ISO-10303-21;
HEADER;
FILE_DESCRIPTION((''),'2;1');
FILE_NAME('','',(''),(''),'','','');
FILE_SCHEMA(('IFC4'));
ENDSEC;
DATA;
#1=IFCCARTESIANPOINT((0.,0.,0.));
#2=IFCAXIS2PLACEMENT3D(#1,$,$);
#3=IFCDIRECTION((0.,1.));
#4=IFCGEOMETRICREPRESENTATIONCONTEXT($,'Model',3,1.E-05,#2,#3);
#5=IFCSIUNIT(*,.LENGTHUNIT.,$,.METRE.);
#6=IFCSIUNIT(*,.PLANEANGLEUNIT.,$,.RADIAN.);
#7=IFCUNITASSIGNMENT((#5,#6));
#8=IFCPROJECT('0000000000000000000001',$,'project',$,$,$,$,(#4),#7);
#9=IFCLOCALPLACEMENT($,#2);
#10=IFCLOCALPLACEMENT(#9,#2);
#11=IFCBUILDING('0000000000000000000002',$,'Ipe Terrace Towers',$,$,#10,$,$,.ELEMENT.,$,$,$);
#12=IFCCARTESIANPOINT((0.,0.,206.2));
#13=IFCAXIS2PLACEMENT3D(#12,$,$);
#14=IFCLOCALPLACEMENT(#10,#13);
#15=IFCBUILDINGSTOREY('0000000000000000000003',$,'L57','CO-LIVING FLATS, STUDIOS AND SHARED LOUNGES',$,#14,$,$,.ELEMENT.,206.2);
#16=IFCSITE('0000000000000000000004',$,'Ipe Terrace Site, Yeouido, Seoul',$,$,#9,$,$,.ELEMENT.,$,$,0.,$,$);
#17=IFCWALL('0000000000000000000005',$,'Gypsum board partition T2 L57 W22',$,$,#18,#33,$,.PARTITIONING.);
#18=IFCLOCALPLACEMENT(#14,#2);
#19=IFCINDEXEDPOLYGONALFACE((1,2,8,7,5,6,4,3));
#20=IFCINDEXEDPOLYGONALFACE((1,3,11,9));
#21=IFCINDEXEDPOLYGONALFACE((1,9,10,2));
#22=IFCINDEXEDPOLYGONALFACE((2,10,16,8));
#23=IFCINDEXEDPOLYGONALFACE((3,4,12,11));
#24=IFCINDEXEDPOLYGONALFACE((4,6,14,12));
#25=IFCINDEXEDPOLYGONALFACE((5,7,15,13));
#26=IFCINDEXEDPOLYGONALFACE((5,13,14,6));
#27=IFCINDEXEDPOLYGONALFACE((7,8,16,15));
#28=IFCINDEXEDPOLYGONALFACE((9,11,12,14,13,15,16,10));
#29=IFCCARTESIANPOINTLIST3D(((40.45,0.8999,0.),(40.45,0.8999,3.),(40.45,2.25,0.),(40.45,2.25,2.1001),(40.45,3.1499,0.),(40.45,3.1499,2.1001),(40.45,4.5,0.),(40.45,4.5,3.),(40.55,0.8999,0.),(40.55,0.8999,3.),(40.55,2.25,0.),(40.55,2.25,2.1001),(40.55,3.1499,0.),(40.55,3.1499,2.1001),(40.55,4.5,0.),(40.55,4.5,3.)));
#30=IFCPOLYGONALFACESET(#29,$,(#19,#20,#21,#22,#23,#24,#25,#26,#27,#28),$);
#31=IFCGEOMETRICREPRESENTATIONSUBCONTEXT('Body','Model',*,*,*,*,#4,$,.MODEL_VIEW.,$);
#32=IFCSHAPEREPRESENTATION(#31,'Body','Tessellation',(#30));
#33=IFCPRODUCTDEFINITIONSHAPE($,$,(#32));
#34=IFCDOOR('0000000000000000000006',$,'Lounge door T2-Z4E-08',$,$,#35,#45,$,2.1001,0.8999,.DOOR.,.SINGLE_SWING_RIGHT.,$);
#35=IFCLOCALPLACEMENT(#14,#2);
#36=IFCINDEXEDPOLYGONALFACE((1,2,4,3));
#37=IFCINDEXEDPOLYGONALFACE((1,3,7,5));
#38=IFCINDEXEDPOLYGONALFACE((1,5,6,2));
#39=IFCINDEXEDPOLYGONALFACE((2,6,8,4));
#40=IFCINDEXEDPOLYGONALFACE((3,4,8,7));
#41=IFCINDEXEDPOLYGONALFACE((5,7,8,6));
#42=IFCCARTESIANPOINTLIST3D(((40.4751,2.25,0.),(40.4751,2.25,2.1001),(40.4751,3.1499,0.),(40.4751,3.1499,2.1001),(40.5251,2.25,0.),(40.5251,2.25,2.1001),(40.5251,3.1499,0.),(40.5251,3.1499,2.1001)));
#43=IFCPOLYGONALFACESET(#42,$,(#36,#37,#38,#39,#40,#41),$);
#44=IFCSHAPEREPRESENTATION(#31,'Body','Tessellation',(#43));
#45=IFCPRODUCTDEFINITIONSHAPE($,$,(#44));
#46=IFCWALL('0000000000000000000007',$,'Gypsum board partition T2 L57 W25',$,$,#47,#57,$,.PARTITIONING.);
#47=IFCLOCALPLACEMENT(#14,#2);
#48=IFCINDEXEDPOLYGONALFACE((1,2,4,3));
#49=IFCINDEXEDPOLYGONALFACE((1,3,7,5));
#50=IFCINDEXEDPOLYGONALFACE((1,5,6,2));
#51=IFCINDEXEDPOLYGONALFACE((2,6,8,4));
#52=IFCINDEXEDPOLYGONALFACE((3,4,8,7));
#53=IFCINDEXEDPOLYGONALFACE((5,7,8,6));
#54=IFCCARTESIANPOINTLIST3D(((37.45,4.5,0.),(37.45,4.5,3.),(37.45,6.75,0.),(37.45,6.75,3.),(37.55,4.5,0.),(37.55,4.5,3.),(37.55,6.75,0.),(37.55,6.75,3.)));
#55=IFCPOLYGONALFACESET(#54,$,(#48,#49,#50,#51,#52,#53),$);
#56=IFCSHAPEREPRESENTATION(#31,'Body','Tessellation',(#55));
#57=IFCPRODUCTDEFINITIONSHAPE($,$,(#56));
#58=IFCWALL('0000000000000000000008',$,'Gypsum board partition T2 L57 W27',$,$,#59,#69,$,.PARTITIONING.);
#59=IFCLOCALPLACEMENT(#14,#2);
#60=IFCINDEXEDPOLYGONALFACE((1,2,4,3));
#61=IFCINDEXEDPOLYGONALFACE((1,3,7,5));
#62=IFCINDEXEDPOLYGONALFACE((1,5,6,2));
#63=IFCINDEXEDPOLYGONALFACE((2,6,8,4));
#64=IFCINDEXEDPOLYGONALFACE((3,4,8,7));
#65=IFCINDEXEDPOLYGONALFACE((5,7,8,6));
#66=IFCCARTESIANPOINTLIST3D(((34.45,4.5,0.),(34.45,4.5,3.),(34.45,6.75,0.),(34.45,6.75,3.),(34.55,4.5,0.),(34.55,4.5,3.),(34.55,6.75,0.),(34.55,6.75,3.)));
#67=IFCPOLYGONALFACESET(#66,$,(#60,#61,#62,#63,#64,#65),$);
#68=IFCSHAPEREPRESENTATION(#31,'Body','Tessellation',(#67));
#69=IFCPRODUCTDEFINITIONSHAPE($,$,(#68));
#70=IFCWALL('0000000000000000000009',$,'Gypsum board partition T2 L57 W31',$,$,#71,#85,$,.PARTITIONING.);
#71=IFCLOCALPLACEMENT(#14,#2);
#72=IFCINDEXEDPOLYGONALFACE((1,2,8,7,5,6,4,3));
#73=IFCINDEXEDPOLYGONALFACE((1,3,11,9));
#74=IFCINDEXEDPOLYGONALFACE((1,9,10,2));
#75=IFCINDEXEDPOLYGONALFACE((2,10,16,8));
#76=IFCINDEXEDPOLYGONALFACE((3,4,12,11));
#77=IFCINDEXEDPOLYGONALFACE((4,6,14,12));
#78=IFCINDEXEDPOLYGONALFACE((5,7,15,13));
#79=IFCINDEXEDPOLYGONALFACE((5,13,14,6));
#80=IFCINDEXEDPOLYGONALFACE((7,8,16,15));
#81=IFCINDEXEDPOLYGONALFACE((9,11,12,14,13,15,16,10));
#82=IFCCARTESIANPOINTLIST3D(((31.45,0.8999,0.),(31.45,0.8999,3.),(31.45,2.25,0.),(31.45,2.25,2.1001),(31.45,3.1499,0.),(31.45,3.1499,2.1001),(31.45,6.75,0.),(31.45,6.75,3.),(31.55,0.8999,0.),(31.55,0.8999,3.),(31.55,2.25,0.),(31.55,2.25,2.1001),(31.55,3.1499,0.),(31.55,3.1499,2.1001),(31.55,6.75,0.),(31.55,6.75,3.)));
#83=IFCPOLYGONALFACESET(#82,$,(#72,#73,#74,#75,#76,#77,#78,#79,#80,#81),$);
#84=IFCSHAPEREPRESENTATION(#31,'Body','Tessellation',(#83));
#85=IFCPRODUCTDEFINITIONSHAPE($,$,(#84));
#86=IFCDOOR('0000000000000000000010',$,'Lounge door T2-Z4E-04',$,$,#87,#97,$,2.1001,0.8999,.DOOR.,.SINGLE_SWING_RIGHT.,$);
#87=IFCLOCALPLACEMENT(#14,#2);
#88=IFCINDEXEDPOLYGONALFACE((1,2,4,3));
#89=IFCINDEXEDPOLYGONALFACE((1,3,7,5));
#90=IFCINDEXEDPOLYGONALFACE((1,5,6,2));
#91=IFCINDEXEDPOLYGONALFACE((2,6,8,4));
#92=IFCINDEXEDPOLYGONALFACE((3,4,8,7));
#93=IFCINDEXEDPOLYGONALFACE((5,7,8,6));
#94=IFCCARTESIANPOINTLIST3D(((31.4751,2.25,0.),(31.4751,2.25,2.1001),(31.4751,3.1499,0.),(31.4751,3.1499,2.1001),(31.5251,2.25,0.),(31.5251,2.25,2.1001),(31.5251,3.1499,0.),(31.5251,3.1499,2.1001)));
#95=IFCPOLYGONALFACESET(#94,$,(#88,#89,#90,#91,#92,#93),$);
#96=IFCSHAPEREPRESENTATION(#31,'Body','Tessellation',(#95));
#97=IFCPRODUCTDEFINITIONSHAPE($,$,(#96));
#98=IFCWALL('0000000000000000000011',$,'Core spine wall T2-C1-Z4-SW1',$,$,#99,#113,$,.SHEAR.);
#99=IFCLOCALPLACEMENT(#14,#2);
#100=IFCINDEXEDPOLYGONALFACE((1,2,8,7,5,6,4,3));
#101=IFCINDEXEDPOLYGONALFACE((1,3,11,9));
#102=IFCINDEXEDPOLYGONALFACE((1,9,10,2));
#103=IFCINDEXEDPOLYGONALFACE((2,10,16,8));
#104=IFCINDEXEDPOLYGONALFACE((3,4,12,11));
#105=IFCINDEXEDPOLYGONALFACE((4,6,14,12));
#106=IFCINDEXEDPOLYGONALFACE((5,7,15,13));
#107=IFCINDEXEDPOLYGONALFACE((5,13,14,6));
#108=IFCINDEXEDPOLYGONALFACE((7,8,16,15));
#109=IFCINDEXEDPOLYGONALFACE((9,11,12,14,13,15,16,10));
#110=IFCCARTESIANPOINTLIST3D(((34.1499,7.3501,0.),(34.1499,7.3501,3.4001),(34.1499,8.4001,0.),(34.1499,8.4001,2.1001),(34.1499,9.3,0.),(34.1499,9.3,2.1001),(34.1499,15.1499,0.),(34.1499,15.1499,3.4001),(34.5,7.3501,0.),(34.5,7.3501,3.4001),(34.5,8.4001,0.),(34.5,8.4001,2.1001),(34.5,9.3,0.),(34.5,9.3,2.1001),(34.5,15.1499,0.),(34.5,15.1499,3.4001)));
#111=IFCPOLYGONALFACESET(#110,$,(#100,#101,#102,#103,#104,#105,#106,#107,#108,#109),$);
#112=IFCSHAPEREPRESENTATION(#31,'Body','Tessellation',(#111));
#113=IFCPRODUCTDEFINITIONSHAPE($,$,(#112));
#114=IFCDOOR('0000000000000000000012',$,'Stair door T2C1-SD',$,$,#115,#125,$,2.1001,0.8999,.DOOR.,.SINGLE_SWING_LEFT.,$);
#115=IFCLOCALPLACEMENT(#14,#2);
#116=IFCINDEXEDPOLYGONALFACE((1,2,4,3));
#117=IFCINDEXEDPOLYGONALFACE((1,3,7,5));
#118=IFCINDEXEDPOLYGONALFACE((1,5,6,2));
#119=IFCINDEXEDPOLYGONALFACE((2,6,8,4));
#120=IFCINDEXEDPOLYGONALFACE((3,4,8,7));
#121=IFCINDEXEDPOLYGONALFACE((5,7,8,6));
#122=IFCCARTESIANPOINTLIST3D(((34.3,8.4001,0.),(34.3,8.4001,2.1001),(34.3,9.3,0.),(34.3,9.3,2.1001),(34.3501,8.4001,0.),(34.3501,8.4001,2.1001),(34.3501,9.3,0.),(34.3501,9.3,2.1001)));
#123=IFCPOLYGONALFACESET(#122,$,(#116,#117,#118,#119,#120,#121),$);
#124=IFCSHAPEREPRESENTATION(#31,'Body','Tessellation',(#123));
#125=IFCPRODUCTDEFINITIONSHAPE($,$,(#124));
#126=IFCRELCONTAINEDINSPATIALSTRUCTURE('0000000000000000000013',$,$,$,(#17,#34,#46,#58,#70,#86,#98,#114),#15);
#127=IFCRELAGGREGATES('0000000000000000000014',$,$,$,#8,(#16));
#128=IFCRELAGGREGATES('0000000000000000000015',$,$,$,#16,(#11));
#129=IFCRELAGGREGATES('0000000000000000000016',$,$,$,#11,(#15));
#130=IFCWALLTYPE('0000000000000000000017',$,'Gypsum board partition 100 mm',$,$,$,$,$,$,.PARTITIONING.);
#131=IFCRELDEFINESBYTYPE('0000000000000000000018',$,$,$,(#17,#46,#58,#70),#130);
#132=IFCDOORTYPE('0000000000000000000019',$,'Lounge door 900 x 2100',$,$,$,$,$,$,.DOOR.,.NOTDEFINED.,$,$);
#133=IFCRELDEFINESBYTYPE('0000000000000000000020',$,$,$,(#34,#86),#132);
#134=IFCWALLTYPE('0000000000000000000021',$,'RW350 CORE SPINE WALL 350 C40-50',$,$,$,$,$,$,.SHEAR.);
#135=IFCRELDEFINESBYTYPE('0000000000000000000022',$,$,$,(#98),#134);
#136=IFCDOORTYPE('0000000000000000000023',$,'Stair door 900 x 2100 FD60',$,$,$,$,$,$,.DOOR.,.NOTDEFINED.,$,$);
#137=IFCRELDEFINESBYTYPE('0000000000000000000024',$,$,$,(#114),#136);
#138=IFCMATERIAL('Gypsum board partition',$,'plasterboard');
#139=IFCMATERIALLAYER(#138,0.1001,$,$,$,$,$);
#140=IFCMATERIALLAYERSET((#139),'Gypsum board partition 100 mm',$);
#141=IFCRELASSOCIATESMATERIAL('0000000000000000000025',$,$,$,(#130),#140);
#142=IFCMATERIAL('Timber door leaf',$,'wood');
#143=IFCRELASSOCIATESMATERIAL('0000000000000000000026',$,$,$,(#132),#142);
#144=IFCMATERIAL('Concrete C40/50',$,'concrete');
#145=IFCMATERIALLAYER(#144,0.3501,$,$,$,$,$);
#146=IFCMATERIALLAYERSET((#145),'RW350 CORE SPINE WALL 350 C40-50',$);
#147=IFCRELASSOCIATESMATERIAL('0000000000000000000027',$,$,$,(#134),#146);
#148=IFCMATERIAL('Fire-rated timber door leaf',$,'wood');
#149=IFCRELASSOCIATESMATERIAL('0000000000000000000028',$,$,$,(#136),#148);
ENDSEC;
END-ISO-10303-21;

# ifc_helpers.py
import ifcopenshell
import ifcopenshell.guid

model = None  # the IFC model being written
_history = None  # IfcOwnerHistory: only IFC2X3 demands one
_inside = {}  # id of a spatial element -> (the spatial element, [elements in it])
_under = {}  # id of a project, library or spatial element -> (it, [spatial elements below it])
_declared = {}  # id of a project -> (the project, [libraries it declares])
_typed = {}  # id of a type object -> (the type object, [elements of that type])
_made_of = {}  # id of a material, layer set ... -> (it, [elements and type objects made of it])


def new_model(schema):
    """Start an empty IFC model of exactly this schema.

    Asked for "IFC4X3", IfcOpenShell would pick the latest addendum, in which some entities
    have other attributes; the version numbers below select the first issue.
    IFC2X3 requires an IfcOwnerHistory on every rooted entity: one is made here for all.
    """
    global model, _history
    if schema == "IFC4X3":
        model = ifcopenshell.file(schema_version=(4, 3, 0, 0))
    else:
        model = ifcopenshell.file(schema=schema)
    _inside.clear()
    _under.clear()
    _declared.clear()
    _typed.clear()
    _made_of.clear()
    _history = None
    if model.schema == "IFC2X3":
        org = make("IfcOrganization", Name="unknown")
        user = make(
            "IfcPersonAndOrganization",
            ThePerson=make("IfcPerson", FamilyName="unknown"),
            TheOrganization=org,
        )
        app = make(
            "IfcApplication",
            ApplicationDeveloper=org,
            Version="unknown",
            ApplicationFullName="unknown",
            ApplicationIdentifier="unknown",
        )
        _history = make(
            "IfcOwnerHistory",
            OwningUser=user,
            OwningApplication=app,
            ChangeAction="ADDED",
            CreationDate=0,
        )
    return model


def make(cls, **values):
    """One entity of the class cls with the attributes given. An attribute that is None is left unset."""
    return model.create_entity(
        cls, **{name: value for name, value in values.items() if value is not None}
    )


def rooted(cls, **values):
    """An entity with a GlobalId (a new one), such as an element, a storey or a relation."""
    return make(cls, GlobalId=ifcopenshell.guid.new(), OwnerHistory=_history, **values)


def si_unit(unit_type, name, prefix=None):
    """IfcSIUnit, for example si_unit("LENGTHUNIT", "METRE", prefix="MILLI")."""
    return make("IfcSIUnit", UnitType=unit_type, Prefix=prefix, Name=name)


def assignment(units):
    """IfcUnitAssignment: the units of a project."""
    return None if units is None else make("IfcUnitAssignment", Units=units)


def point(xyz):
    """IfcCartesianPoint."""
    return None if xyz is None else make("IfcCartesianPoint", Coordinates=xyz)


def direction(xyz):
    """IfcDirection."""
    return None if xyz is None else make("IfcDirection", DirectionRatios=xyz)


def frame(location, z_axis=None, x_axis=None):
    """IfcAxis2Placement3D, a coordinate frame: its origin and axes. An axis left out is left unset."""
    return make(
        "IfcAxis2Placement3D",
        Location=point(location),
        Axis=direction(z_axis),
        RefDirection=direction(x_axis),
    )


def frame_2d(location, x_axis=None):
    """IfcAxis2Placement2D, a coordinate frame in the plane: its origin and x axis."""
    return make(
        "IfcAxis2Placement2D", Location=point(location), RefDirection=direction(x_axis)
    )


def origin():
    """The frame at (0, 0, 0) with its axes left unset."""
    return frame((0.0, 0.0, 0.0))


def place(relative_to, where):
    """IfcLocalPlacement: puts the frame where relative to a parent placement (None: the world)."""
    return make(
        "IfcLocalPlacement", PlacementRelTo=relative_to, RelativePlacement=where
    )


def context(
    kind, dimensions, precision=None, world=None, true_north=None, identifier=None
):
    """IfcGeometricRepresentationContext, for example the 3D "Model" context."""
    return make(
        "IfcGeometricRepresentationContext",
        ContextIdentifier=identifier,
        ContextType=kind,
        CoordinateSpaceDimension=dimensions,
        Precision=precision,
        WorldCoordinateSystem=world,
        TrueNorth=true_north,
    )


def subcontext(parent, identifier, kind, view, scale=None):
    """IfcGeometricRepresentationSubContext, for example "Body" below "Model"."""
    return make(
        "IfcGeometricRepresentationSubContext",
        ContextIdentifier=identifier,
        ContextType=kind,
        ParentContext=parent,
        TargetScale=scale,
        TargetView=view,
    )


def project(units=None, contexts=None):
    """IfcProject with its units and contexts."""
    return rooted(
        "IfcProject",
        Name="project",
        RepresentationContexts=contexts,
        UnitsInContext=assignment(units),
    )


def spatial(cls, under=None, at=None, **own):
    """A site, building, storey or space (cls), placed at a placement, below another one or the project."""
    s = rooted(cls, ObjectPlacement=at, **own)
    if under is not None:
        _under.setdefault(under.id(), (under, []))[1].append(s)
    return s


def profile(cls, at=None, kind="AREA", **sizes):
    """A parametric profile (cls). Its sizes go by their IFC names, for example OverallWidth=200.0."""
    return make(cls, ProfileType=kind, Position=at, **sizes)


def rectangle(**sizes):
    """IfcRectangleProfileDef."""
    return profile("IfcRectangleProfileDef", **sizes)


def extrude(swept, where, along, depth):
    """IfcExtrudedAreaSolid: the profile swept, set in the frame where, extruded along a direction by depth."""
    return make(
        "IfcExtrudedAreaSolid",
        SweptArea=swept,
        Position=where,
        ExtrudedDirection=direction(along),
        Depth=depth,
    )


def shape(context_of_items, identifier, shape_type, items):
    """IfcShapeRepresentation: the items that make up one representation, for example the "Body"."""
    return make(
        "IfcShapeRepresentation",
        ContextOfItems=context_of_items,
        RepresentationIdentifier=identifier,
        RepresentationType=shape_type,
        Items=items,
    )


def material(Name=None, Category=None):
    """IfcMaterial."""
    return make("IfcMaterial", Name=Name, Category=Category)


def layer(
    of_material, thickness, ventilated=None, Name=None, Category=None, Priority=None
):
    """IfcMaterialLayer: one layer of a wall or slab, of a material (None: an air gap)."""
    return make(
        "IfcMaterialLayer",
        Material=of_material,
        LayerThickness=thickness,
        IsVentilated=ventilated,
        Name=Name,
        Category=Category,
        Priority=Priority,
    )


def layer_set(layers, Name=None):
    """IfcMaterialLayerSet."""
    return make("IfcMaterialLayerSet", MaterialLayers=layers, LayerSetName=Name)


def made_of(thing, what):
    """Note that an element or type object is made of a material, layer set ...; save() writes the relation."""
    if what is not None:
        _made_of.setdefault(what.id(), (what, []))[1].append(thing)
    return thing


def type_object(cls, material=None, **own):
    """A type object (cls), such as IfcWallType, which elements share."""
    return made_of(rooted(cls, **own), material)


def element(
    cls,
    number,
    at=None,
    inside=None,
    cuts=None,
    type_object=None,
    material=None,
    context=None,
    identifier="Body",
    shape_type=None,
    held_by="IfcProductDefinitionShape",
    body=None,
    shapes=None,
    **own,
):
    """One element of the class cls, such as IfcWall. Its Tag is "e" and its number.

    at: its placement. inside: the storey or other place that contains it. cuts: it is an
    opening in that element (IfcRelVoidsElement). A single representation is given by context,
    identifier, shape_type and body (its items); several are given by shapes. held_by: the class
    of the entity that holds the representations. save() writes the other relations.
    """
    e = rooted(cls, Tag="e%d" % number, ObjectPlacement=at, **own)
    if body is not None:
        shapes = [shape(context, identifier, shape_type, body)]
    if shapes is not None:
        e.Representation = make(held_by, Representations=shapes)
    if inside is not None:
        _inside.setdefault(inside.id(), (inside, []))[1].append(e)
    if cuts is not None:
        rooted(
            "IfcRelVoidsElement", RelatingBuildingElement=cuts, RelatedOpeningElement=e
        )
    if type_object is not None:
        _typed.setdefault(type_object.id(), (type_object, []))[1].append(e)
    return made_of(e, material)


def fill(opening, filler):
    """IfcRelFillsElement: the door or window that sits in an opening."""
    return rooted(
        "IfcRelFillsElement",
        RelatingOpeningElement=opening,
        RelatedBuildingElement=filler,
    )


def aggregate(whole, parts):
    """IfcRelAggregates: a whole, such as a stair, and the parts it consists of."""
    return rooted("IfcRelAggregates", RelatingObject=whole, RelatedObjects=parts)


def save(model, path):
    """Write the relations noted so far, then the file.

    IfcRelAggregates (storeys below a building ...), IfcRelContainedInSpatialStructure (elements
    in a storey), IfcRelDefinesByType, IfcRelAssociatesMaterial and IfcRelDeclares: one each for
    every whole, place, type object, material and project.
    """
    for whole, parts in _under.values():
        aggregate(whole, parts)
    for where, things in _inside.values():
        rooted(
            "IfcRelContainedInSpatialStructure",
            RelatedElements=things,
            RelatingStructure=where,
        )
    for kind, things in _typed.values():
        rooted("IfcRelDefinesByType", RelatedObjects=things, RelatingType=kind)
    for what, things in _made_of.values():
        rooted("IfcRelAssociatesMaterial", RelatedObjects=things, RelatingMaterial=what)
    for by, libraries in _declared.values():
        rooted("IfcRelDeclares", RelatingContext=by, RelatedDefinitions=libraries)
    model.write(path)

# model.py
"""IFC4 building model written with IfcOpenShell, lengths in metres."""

from ifc_helpers import new_model, si_unit, direction, frame, frame_2d, origin, place, context, subcontext, project, spatial, rectangle, extrude, material, layer, layer_set, type_object, element, fill, save


model = new_model("IFC4")

# Units and contexts
model_context = context("Model", 3, precision=1e-05, world=origin(), true_north=direction((0.0, 1.0)))
body_context = subcontext(model_context, "Body", "Model", "MODEL_VIEW")
ifc_project = project(units=[si_unit("LENGTHUNIT", "METRE"), si_unit("PLANEANGLEUNIT", "RADIAN")], contexts=[model_context])

# Site, building, storey
site_placement = place(None, origin())
site = spatial("IfcSite", under=ifc_project, at=site_placement, Name="Ipe Terrace Site, Yeouido, Seoul", CompositionType="ELEMENT", RefElevation=0.0)
building_placement = place(site_placement, origin())
building = spatial("IfcBuilding", under=site, at=building_placement, Name="Ipe Terrace Towers", CompositionType="ELEMENT")
storey_placement = place(building_placement, frame((0.0, 0.0, 206.2)))
storey = spatial("IfcBuildingStorey", under=building, at=storey_placement, Name="L57", Description="CO-LIVING FLATS, STUDIOS AND SHARED LOUNGES", CompositionType="ELEMENT", Elevation=206.2)

# Wall, opening, door
ifc_material_1 = material(Name="Gypsum board partition", Category="plasterboard")
ifc_layer_1 = layer(ifc_material_1, 0.1001)
ifc_layer_set_1 = layer_set([ifc_layer_1], Name="Gypsum board partition 100 mm")
wall_type_1 = type_object("IfcWallType", Name="Gypsum board partition 100 mm", PredefinedType="PARTITIONING", material=ifc_layer_set_1)
ifc_material_2 = material(Name="Timber door leaf", Category="wood")
door_type_1 = type_object("IfcDoorType", Name="Lounge door 900 x 2100", OperationType="NOTDEFINED", PredefinedType="DOOR", material=ifc_material_2)
wall_1_placement = place(storey_placement, frame((40.5, 0.8999, 0.0), z_axis=(0.0, 0.0, 1.0), x_axis=(0.0, 1.0, 0.0)))
wall_1 = element("IfcWall", 1, at=wall_1_placement, inside=storey, type_object=wall_type_1, Name="Gypsum board partition T2 L57 W22", PredefinedType="PARTITIONING", context=body_context, shape_type="SweptSolid", body=[
    extrude(rectangle(XDim=3.6001, YDim=0.1001, at=frame_2d((1.8, 0.0))), origin(), (0.0, 0.0, 1.0), 3.0),
])
opening_1_placement = place(wall_1_placement, frame((1.3501, 0.0, 0.0)))
opening_1 = element("IfcOpeningElement", 2, at=opening_1_placement, cuts=wall_1, PredefinedType="OPENING", context=body_context, shape_type="SweptSolid", body=[
    extrude(rectangle(XDim=0.8999, YDim=2.1001, at=frame_2d((0.45, 1.05))), frame((0.0, 0.0601, 0.0), z_axis=(0.0, -1.0, 0.0), x_axis=(1.0, 0.0, 0.0)), (0.0, 0.0, 1.0), 0.1201),
])
door_1_placement = place(opening_1_placement, origin())
door_1 = element("IfcDoor", 3, at=door_1_placement, inside=storey, type_object=door_type_1, Name="Lounge door T2-Z4E-08", OperationType="SINGLE_SWING_RIGHT", OverallHeight=2.1001, OverallWidth=0.8999, PredefinedType="DOOR", context=body_context, shape_type="SweptSolid", body=[
    extrude(rectangle(XDim=0.8999, YDim=2.1001, at=frame_2d((0.45, 1.05))), frame((0.0, 0.0249, 0.0), z_axis=(0.0, -1.0, 0.0), x_axis=(1.0, 0.0, 0.0)), (0.0, 0.0, 1.0), 0.05),
])
fill(opening_1, door_1)

# Walls
for number, where, z_axis, x_axis, name in (
    (4, (37.5, 4.5, 0.0), (0.0, 0.0, 1.0), (0.0, 1.0, 0.0), "Gypsum board partition T2 L57 W25"),
    (5, (34.5, 4.5, 0.0), (0.0, 0.0, 1.0), (0.0, 1.0, 0.0), "Gypsum board partition T2 L57 W27"),
):
    element("IfcWall", number, at=place(storey_placement, frame(where, z_axis=z_axis, x_axis=x_axis)), inside=storey, type_object=wall_type_1, Name=name, PredefinedType="PARTITIONING", context=body_context, shape_type="SweptSolid", body=[
        extrude(rectangle(XDim=2.25, YDim=0.1001, at=frame_2d((1.125, 0.0))), origin(), (0.0, 0.0, 1.0), 3.0),
    ])

# Walls, openings, doors
wall_2_placement = place(storey_placement, frame((31.5, 0.8999, 0.0), z_axis=(0.0, 0.0, 1.0), x_axis=(0.0, 1.0, 0.0)))
wall_2 = element("IfcWall", 6, at=wall_2_placement, inside=storey, type_object=wall_type_1, Name="Gypsum board partition T2 L57 W31", PredefinedType="PARTITIONING", context=body_context, shape_type="SweptSolid", body=[
    extrude(rectangle(XDim=5.8501, YDim=0.1001, at=frame_2d((2.925, 0.0))), origin(), (0.0, 0.0, 1.0), 3.0),
])
opening_2_placement = place(wall_2_placement, frame((1.3501, 0.0, 0.0)))
opening_2 = element("IfcOpeningElement", 7, at=opening_2_placement, cuts=wall_2, PredefinedType="OPENING", context=body_context, shape_type="SweptSolid", body=[
    extrude(rectangle(XDim=0.8999, YDim=2.1001, at=frame_2d((0.45, 1.05))), frame((0.0, 0.0601, 0.0), z_axis=(0.0, -1.0, 0.0), x_axis=(1.0, 0.0, 0.0)), (0.0, 0.0, 1.0), 0.1201),
])
door_2_placement = place(opening_2_placement, origin())
door_2 = element("IfcDoor", 8, at=door_2_placement, inside=storey, type_object=door_type_1, Name="Lounge door T2-Z4E-04", OperationType="SINGLE_SWING_RIGHT", OverallHeight=2.1001, OverallWidth=0.8999, PredefinedType="DOOR", context=body_context, shape_type="SweptSolid", body=[
    extrude(rectangle(XDim=0.8999, YDim=2.1001, at=frame_2d((0.45, 1.05))), frame((0.0, 0.0249, 0.0), z_axis=(0.0, -1.0, 0.0), x_axis=(1.0, 0.0, 0.0)), (0.0, 0.0, 1.0), 0.05),
])
fill(opening_2, door_2)
ifc_material_3 = material(Name="Concrete C40/50", Category="concrete")
ifc_layer_2 = layer(ifc_material_3, 0.3501)
ifc_layer_set_2 = layer_set([ifc_layer_2], Name="RW350 CORE SPINE WALL 350 C40-50")
wall_type_2 = type_object("IfcWallType", Name="RW350 CORE SPINE WALL 350 C40-50", PredefinedType="SHEAR", material=ifc_layer_set_2)
wall_3_placement = place(storey_placement, frame((34.325, 7.3501, 0.0), z_axis=(0.0, 0.0, 1.0), x_axis=(0.0, 1.0, 0.0)))
wall_3 = element("IfcWall", 9, at=wall_3_placement, inside=storey, type_object=wall_type_2, Name="Core spine wall T2-C1-Z4-SW1", PredefinedType="SHEAR", context=body_context, shape_type="SweptSolid", body=[
    extrude(rectangle(XDim=7.7998, YDim=0.3501, at=frame_2d((3.8999, 0.0))), origin(), (0.0, 0.0, 1.0), 3.4001),
])
opening_3_placement = place(wall_3_placement, frame((1.05, 0.0, 0.0)))
opening_3 = element("IfcOpeningElement", 10, at=opening_3_placement, cuts=wall_3, PredefinedType="OPENING", context=body_context, shape_type="SweptSolid", body=[
    extrude(rectangle(XDim=0.8999, YDim=2.1001, at=frame_2d((0.45, 1.05))), frame((0.0, 0.1851, 0.0), z_axis=(0.0, -1.0, 0.0), x_axis=(1.0, 0.0, 0.0)), (0.0, 0.0, 1.0), 0.3701),
])
ifc_material_4 = material(Name="Fire-rated timber door leaf", Category="wood")
door_type_2 = type_object("IfcDoorType", Name="Stair door 900 x 2100 FD60", OperationType="NOTDEFINED", PredefinedType="DOOR", material=ifc_material_4)
door_3_placement = place(opening_3_placement, origin())
door_3 = element("IfcDoor", 11, at=door_3_placement, inside=storey, type_object=door_type_2, Name="Stair door T2C1-SD", OperationType="SINGLE_SWING_LEFT", OverallHeight=2.1001, OverallWidth=0.8999, PredefinedType="DOOR", context=body_context, shape_type="SweptSolid", body=[
    extrude(rectangle(XDim=0.8999, YDim=2.1001, at=frame_2d((0.45, 1.05))), frame((0.0, 0.0249, 0.0), z_axis=(0.0, -1.0, 0.0), x_axis=(1.0, 0.0, 0.0)), (0.0, 0.0, 1.0), 0.05),
])
fill(opening_3, door_3)

save(model, "model.ifc")
